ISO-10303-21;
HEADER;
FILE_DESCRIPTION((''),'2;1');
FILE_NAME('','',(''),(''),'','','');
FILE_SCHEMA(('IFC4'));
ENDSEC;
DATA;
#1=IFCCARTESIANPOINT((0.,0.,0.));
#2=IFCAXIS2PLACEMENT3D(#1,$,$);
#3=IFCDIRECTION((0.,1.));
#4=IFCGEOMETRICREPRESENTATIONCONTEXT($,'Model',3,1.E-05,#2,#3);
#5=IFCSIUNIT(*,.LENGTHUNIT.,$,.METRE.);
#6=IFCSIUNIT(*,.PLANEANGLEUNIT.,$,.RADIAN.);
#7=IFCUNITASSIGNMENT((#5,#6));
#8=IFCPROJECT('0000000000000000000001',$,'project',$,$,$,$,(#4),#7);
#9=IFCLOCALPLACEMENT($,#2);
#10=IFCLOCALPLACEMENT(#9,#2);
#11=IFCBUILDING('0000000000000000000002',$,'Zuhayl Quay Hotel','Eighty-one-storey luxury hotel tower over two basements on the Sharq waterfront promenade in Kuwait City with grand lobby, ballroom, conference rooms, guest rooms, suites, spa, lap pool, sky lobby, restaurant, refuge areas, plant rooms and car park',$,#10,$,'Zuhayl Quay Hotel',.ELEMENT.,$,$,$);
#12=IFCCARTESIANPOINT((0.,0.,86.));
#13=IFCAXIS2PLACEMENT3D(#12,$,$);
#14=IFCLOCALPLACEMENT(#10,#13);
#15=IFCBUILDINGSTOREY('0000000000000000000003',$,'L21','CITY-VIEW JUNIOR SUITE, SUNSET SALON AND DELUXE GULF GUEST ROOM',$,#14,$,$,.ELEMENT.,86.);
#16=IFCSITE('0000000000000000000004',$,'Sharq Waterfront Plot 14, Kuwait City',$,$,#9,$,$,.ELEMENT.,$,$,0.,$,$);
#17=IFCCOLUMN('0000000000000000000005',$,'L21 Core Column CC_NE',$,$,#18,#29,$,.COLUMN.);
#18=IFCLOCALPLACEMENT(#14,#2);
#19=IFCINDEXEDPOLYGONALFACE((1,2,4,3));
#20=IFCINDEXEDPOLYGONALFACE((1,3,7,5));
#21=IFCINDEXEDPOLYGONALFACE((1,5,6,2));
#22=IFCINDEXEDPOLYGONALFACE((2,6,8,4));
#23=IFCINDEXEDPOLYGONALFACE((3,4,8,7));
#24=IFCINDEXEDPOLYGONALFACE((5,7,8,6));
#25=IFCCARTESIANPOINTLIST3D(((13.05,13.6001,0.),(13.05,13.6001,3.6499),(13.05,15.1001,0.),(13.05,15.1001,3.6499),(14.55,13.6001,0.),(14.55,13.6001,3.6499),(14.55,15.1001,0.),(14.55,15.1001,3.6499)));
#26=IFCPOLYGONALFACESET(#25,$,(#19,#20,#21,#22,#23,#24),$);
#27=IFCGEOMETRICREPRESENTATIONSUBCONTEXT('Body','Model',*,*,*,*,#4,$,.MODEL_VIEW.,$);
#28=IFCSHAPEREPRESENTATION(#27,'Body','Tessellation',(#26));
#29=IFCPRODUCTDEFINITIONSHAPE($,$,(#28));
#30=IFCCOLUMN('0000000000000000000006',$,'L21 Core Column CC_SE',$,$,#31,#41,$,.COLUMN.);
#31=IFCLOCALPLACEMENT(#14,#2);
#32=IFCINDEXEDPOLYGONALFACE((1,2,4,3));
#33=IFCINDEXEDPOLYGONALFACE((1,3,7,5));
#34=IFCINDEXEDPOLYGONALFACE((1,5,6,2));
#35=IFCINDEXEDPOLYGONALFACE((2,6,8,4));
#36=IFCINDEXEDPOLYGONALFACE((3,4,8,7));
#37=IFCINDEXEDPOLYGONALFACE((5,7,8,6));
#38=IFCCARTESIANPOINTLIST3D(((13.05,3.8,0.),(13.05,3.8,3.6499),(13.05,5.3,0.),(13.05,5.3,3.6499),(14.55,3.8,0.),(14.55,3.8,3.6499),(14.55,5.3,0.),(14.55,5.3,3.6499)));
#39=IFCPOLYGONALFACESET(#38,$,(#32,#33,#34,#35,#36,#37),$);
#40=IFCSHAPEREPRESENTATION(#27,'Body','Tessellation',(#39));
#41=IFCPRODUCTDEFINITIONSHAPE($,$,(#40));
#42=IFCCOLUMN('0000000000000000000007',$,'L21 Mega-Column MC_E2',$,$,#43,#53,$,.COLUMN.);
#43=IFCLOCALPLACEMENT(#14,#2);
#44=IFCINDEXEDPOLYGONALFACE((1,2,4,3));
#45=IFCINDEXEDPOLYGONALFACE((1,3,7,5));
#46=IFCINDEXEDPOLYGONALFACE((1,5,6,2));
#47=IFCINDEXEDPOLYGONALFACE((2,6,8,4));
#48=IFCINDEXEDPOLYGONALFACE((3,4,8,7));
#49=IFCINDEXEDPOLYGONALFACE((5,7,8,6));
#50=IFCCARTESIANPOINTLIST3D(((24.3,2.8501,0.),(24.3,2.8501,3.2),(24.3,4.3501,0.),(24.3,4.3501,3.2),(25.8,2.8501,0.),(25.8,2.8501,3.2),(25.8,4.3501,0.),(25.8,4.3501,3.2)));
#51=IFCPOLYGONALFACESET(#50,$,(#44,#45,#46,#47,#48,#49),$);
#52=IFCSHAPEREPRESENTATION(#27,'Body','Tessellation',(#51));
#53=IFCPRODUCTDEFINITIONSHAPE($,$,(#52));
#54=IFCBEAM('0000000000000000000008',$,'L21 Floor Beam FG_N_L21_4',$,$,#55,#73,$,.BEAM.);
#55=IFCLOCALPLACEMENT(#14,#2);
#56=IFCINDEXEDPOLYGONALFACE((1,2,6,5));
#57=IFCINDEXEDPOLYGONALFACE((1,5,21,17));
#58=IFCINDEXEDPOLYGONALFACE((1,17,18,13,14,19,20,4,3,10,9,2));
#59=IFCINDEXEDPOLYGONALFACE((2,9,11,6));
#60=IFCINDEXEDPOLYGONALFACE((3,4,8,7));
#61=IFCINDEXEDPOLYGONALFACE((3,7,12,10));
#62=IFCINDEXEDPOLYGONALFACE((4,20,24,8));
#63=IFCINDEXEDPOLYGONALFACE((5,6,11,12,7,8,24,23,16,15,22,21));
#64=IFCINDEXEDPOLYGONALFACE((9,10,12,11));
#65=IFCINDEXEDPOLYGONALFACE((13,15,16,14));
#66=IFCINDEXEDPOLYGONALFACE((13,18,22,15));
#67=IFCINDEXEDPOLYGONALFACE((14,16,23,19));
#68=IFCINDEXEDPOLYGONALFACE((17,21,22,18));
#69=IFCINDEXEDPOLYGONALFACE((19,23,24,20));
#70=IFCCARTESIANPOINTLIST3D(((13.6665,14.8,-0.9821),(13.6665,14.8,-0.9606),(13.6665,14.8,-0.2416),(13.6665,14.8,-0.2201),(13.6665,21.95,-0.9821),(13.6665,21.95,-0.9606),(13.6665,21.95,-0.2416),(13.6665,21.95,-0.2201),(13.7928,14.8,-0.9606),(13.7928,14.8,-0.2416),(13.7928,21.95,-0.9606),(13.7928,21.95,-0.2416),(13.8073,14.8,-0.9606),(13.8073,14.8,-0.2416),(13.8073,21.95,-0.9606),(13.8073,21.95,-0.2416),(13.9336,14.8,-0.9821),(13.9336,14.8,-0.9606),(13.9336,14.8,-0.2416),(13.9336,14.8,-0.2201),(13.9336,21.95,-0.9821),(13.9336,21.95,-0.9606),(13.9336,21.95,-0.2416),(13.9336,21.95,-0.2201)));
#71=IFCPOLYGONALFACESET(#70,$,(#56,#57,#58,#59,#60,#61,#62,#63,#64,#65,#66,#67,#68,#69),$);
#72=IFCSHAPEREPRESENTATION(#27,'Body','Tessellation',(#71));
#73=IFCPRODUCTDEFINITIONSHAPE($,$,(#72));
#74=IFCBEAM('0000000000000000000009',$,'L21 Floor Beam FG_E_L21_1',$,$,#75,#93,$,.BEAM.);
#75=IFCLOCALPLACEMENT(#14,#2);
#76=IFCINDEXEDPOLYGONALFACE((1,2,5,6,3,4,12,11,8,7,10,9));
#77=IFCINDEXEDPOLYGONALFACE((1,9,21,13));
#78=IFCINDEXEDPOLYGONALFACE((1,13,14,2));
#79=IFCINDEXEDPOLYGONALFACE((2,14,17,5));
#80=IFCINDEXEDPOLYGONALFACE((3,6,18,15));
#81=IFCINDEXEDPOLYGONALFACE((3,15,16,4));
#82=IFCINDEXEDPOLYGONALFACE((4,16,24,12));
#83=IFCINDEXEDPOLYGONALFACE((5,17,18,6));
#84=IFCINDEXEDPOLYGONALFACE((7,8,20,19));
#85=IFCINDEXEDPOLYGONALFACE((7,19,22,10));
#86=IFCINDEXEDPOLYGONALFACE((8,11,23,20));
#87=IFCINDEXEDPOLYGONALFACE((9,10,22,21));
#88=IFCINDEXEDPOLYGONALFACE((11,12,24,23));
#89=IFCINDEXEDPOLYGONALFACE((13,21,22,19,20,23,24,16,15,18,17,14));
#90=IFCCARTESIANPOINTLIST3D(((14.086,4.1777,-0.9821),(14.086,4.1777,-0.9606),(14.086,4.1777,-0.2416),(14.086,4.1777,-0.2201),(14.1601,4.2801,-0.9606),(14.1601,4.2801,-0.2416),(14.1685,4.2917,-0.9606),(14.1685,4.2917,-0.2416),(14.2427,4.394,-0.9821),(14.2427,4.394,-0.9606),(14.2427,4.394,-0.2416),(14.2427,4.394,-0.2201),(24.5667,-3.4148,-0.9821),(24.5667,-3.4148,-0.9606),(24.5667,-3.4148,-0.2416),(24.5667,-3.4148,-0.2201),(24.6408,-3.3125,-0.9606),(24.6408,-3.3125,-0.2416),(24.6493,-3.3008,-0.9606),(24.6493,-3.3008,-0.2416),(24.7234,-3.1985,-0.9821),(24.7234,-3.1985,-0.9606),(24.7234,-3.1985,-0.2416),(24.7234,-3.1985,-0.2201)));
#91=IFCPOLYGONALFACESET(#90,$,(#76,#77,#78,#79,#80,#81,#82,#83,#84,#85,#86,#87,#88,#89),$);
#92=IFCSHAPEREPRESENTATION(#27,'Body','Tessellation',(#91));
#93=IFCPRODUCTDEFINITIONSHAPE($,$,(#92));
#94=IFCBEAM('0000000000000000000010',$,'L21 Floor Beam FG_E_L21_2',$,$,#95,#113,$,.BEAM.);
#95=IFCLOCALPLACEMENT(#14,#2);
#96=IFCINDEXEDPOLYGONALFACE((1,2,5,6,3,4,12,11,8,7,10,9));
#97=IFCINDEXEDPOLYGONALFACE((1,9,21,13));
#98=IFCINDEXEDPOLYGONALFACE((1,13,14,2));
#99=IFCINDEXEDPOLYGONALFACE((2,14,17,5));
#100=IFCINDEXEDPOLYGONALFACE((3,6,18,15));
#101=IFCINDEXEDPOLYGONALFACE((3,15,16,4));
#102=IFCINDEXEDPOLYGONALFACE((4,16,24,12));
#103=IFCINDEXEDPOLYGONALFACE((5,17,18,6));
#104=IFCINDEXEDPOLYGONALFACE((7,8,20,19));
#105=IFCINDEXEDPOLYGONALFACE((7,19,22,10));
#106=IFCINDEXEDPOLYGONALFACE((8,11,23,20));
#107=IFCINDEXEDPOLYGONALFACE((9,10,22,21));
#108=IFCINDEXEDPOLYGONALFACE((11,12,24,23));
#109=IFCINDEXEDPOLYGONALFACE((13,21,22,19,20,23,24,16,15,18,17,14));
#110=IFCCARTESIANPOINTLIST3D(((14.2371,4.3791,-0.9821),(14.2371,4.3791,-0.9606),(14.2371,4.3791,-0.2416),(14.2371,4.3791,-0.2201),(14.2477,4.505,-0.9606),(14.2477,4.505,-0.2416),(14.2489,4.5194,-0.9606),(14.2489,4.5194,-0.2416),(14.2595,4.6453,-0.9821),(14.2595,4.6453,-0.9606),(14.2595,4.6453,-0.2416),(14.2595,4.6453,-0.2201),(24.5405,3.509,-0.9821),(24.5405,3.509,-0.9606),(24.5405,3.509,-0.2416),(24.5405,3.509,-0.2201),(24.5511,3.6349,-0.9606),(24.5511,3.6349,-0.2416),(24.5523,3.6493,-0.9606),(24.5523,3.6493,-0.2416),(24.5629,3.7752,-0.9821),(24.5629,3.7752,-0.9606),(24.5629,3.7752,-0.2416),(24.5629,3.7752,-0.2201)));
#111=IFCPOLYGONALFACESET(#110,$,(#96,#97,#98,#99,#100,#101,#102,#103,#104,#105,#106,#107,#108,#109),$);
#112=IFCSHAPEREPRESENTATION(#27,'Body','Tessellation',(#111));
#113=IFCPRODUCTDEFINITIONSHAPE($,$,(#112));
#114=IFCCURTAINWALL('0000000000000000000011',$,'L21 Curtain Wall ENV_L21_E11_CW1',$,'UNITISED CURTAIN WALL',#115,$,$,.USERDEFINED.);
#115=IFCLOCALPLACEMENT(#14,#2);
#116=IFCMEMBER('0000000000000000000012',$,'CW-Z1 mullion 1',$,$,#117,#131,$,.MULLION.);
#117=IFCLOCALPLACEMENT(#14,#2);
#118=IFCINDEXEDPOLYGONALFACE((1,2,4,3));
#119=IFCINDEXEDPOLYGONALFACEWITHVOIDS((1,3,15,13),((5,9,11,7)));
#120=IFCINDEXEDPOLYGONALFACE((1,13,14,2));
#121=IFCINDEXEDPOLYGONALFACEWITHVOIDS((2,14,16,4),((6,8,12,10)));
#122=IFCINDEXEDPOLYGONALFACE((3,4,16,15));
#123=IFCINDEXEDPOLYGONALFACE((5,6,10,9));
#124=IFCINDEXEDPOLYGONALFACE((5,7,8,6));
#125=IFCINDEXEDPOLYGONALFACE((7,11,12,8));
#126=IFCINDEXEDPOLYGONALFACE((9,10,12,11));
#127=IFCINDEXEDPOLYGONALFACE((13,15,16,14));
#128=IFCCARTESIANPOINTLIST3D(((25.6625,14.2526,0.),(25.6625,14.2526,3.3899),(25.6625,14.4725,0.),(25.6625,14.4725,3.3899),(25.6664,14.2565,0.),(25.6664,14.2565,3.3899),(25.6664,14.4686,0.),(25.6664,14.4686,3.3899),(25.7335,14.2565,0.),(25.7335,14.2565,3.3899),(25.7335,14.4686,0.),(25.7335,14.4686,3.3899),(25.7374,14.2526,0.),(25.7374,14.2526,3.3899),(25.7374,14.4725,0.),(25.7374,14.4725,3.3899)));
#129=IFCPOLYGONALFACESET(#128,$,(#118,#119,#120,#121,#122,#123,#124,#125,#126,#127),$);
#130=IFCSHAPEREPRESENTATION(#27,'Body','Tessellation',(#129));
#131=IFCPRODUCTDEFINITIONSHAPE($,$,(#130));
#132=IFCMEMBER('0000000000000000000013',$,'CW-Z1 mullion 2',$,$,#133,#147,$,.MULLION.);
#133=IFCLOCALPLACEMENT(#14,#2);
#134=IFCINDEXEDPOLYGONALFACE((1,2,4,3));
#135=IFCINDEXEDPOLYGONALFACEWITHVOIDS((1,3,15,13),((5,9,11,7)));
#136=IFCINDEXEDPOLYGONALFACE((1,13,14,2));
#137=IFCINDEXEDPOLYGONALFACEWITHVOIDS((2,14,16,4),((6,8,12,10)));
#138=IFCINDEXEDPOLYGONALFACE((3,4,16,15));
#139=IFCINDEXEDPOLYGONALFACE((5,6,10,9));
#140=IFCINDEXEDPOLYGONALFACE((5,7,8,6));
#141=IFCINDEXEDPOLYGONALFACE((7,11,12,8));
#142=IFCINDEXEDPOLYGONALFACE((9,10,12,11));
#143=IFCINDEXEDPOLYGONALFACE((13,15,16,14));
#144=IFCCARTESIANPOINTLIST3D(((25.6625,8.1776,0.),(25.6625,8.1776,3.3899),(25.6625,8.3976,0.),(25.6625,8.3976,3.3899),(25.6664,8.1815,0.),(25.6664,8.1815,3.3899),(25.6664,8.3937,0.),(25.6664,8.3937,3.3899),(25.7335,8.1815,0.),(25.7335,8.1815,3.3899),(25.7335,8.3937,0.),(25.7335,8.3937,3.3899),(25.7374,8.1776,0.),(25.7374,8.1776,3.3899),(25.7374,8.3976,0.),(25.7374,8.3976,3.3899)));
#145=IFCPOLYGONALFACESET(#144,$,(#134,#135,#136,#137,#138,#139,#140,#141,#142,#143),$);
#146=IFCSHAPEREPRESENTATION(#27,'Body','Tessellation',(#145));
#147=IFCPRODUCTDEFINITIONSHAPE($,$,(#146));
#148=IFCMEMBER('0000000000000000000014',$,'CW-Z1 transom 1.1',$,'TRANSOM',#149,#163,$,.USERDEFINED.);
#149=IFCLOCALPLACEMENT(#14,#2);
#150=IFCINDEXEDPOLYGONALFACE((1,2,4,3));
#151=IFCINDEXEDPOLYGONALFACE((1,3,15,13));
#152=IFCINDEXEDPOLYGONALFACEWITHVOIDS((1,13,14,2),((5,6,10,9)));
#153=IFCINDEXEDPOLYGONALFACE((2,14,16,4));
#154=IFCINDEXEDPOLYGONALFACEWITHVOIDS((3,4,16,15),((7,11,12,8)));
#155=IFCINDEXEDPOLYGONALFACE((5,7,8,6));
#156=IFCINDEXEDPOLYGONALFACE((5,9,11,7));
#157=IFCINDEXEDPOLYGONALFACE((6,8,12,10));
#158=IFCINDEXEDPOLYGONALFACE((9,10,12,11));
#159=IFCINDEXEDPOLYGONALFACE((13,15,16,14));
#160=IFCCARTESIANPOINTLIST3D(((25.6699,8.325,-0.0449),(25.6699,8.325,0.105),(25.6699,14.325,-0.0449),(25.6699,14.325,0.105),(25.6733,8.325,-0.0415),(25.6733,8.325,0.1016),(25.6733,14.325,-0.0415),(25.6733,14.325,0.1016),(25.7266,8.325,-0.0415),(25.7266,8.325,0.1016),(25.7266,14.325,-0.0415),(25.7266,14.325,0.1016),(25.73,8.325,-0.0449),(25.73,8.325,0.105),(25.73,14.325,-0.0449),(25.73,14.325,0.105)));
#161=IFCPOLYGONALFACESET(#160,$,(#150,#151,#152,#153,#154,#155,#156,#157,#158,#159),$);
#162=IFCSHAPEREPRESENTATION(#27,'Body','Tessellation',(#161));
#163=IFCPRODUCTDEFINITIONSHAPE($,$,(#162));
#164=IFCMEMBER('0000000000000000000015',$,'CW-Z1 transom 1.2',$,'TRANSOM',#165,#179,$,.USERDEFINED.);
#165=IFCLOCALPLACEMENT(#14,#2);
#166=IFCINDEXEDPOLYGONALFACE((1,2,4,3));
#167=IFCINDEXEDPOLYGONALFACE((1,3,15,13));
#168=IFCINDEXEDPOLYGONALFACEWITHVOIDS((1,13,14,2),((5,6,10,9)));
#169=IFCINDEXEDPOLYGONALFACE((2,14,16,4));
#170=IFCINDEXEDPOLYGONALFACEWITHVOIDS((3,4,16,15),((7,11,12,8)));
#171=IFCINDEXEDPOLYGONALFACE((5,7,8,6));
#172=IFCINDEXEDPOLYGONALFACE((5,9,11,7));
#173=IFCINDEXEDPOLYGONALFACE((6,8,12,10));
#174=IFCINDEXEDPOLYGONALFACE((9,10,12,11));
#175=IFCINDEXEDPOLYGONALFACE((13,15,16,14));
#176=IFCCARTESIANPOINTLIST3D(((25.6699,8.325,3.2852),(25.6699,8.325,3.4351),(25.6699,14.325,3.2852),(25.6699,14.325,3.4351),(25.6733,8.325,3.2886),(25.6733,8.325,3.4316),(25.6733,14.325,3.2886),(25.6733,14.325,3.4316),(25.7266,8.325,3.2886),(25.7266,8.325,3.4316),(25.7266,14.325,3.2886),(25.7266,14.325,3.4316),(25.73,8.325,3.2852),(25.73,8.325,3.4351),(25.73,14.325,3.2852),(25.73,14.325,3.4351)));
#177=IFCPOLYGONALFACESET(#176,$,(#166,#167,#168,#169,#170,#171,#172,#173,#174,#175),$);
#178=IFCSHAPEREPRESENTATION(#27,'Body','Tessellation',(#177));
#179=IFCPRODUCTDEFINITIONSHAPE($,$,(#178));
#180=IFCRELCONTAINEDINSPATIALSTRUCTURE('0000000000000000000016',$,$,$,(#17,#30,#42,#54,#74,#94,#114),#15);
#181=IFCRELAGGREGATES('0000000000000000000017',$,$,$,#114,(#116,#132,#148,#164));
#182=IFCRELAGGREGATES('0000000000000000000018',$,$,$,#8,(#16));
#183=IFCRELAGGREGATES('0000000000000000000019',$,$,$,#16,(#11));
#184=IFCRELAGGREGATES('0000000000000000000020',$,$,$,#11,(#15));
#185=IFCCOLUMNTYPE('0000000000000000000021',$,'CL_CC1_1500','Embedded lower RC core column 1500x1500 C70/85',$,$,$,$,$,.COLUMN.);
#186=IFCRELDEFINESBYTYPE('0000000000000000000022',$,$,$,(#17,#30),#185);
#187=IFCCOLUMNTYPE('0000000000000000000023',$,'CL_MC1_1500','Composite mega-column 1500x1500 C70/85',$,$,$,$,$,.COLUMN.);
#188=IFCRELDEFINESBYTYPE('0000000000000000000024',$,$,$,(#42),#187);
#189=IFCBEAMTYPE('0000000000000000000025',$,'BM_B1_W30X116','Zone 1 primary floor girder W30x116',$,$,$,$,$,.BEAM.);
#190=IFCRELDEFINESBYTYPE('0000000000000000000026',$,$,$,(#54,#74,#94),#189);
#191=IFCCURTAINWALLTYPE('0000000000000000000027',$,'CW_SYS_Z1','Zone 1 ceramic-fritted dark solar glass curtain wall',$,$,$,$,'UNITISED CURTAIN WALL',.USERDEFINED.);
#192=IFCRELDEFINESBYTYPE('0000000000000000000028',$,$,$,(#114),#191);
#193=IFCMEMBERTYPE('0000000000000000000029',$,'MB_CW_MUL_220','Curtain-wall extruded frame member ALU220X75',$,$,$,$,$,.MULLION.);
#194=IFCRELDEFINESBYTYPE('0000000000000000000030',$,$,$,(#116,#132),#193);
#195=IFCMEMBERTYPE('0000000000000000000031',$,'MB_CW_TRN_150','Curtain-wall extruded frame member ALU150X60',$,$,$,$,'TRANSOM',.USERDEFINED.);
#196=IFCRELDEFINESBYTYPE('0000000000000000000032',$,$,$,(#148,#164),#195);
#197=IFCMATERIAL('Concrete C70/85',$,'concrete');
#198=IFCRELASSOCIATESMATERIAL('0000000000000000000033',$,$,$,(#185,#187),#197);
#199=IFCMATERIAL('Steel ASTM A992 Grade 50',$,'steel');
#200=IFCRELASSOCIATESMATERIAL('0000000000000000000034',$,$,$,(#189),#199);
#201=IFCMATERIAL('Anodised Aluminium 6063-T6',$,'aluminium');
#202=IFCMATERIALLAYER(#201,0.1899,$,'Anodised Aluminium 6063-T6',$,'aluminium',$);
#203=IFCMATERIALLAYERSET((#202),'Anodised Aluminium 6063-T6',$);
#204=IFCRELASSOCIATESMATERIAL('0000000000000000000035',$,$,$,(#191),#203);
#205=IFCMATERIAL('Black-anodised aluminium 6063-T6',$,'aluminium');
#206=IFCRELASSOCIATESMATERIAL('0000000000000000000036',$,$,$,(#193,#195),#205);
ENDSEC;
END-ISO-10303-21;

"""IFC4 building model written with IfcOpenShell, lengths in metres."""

from ifc_helpers import new_model, si_unit, direction, frame, origin, origin_2d, place, context, subcontext, project, spatial, rectangle, hollow_rectangle, i_section, extrude, material, layer, layer_set, material_profile, profile_set, type_object, element, aggregate, save


model = new_model("IFC4")

# Units and contexts
model_context = context("Model", 3, precision=1e-05, world=origin(), true_north=direction((0.0, 1.0)))
body_context = subcontext(model_context, "Body", "Model", "MODEL_VIEW")
ifc_project = project(units=[si_unit("LENGTHUNIT", "METRE"), si_unit("PLANEANGLEUNIT", "RADIAN")], contexts=[model_context])

# Site, building, storey
site_placement = place(None, origin())
site = spatial("IfcSite", under=ifc_project, at=site_placement, Name="Sharq Waterfront Plot 14, Kuwait City", CompositionType="ELEMENT", RefElevation=0.0)
building_placement = place(site_placement, origin())
building = spatial("IfcBuilding", under=site, at=building_placement, Name="Zuhayl Quay Hotel", Description="Eighty-one-storey luxury hotel tower over two basements on the Sharq waterfront promenade in Kuwait City with grand lobby, ballroom, conference rooms, guest rooms, suites, spa, lap pool, sky lobby, restaurant, refuge areas, plant rooms and car park", LongName="Zuhayl Quay Hotel", CompositionType="ELEMENT")
storey_placement = place(building_placement, frame((0.0, 0.0, 86.0)))
storey = spatial("IfcBuildingStorey", under=building, at=storey_placement, Name="L21", Description="CITY-VIEW JUNIOR SUITE, SUNSET SALON AND DELUXE GULF GUEST ROOM", CompositionType="ELEMENT", Elevation=86.0)

# Columns
ifc_material_1 = material(Name="Concrete C70/85", Category="concrete")
ifc_material_profile_1 = material_profile(ifc_material_1, rectangle(XDim=1.5, YDim=1.5, at=origin_2d()), Name="RC1500X1500")
ifc_profile_set_1 = profile_set([ifc_material_profile_1], Name="Concrete C70/85")
column_type_1 = type_object("IfcColumnType", Name="CL_CC1_1500", Description="Embedded lower RC core column 1500x1500 C70/85", PredefinedType="COLUMN", material=ifc_profile_set_1)
for number, where, z_axis, x_axis, name in (
    (1, (13.8, 14.3501, 0.0), (0.0, 0.0, 1.0), (1.0, 0.0, 0.0), "L21 Core Column CC_NE"),
    (2, (13.8, 4.55, 0.0), (0.0, 0.0, 1.0), (1.0, 0.0, 0.0), "L21 Core Column CC_SE"),
):
    element("IfcColumn", number, at=place(storey_placement, frame(where, z_axis=z_axis, x_axis=x_axis)), inside=storey, type_object=column_type_1, Name=name, PredefinedType="COLUMN", context=body_context, shape_type="SweptSolid", body=[
        extrude(rectangle(XDim=1.5, YDim=1.5, at=origin_2d()), origin(), (0.0, 0.0, 1.0), 3.6499),
    ])
ifc_material_profile_2 = material_profile(ifc_material_1, rectangle(XDim=1.5, YDim=1.5, at=origin_2d()), Name="RC1500X1500")
ifc_profile_set_2 = profile_set([ifc_material_profile_2], Name="Concrete C70/85")
column_type_2 = type_object("IfcColumnType", Name="CL_MC1_1500", Description="Composite mega-column 1500x1500 C70/85", PredefinedType="COLUMN", material=ifc_profile_set_2)
column_placement = place(storey_placement, frame((25.05, 3.6001, 0.0), z_axis=(0.0, 0.0, 1.0), x_axis=(1.0, 0.0, 0.0)))
element("IfcColumn", 3, at=column_placement, inside=storey, type_object=column_type_2, Name="L21 Mega-Column MC_E2", PredefinedType="COLUMN", context=body_context, shape_type="SweptSolid", body=[
    extrude(rectangle(XDim=1.5, YDim=1.5, at=origin_2d()), origin(), (0.0, 0.0, 1.0), 3.2),
])

# Beams
ifc_material_2 = material(Name="Steel ASTM A992 Grade 50", Category="steel")
ifc_material_profile_3 = material_profile(ifc_material_2, i_section(OverallWidth=0.2671, OverallDepth=0.762, WebThickness=0.0144, FlangeThickness=0.0215, at=origin_2d()), Name="W30X116")
ifc_profile_set_3 = profile_set([ifc_material_profile_3], Name="Steel ASTM A992 Grade 50")
beam_type = type_object("IfcBeamType", Name="BM_B1_W30X116", Description="Zone 1 primary floor girder W30x116", PredefinedType="BEAM", material=ifc_profile_set_3)
beam_1_placement = place(storey_placement, frame((13.8, 14.8, -0.6011), z_axis=(0.0, 1.0, 0.0), x_axis=(-1.0, 0.0, 0.0)))
element("IfcBeam", 4, at=beam_1_placement, inside=storey, type_object=beam_type, Name="L21 Floor Beam FG_N_L21_4", PredefinedType="BEAM", context=body_context, shape_type="SweptSolid", body=[
    extrude(i_section(OverallWidth=0.2671, OverallDepth=0.762, WebThickness=0.0144, FlangeThickness=0.0215, at=origin_2d()), origin(), (0.0, 0.0, 1.0), 7.1499),
])
beam_2_placement = place(storey_placement, frame((14.1643, 4.2859, -0.6011), z_axis=(0.80983, -0.586664, 0.0), x_axis=(0.586664, 0.80983, 0.0)))
element("IfcBeam", 5, at=beam_2_placement, inside=storey, type_object=beam_type, Name="L21 Floor Beam FG_E_L21_1", PredefinedType="BEAM", context=body_context, shape_type="SweptSolid", body=[
    extrude(i_section(OverallWidth=0.2671, OverallDepth=0.762, WebThickness=0.0144, FlangeThickness=0.0215, at=origin_2d()), origin(), (0.0, 0.0, 1.0), 12.9419),
])
beam_3_placement = place(storey_placement, frame((14.2483, 4.5122, -0.6011), z_axis=(0.996453, -0.084149, 0.0), x_axis=(0.084149, 0.996453, 0.0)))
element("IfcBeam", 6, at=beam_3_placement, inside=storey, type_object=beam_type, Name="L21 Floor Beam FG_E_L21_2", PredefinedType="BEAM", context=body_context, shape_type="SweptSolid", body=[
    extrude(i_section(OverallWidth=0.2671, OverallDepth=0.762, WebThickness=0.0144, FlangeThickness=0.0215, at=origin_2d()), origin(), (0.0, 0.0, 1.0), 10.3401),
])

# Curtain wall, members
ifc_material_3 = material(Name="Anodised Aluminium 6063-T6", Category="aluminium")
ifc_layer_1 = layer(ifc_material_3, 0.1899, Name="Anodised Aluminium 6063-T6", Category="aluminium")
ifc_layer_set_1 = layer_set([ifc_layer_1], Name="Anodised Aluminium 6063-T6")
curtain_wall_type = type_object("IfcCurtainWallType", Name="CW_SYS_Z1", Description="Zone 1 ceramic-fritted dark solar glass curtain wall", ElementType="UNITISED CURTAIN WALL", PredefinedType="USERDEFINED", material=ifc_layer_set_1)
curtain_wall_placement = place(storey_placement, origin())
curtain_wall = element("IfcCurtainWall", 7, at=curtain_wall_placement, inside=storey, type_object=curtain_wall_type, Name="L21 Curtain Wall ENV_L21_E11_CW1", ObjectType="UNITISED CURTAIN WALL", PredefinedType="USERDEFINED")
ifc_material_4 = material(Name="Black-anodised aluminium 6063-T6", Category="aluminium")
ifc_material_profile_4 = material_profile(ifc_material_4, hollow_rectangle(XDim=0.075, YDim=0.22, WallThickness=0.0039, at=origin_2d()), Name="ALU220X75")
ifc_profile_set_4 = profile_set([ifc_material_profile_4], Name="Black-anodised aluminium 6063-T6")
member_type_1 = type_object("IfcMemberType", Name="MB_CW_MUL_220", Description="Curtain-wall extruded frame member ALU220X75", PredefinedType="MULLION", material=ifc_profile_set_4)
member_1_placement = place(storey_placement, frame((25.7, 14.3625, 0.0), z_axis=(0.0, 0.0, 1.0), x_axis=(1.0, 0.0, 0.0)))
member_1 = element("IfcMember", 8, at=member_1_placement, type_object=member_type_1, Name="CW-Z1 mullion 1", PredefinedType="MULLION", context=body_context, shape_type="SweptSolid", body=[
    extrude(hollow_rectangle(XDim=0.075, YDim=0.22, WallThickness=0.0039, at=origin_2d()), origin(), (0.0, 0.0, 1.0), 3.3899),
])
member_2_placement = place(storey_placement, frame((25.7, 8.2876, 0.0), z_axis=(0.0, 0.0, 1.0), x_axis=(1.0, 0.0, 0.0)))
member_2 = element("IfcMember", 9, at=member_2_placement, type_object=member_type_1, Name="CW-Z1 mullion 2", PredefinedType="MULLION", context=body_context, shape_type="SweptSolid", body=[
    extrude(hollow_rectangle(XDim=0.075, YDim=0.22, WallThickness=0.0039, at=origin_2d()), origin(), (0.0, 0.0, 1.0), 3.3899),
])
ifc_material_profile_5 = material_profile(ifc_material_4, hollow_rectangle(XDim=0.0601, YDim=0.1499, WallThickness=0.0034, at=origin_2d()), Name="ALU150X60")
ifc_profile_set_5 = profile_set([ifc_material_profile_5], Name="Black-anodised aluminium 6063-T6")
member_type_2 = type_object("IfcMemberType", Name="MB_CW_TRN_150", Description="Curtain-wall extruded frame member ALU150X60", ElementType="TRANSOM", PredefinedType="USERDEFINED", material=ifc_profile_set_5)
member_3_placement = place(storey_placement, frame((25.7, 14.325, 0.03), z_axis=(0.0, -1.0, 0.0), x_axis=(1.0, 0.0, 0.0)))
member_3 = element("IfcMember", 10, at=member_3_placement, type_object=member_type_2, Name="CW-Z1 transom 1.1", ObjectType="TRANSOM", PredefinedType="USERDEFINED", context=body_context, shape_type="SweptSolid", body=[
    extrude(hollow_rectangle(XDim=0.0601, YDim=0.1499, WallThickness=0.0034, at=origin_2d()), origin(), (0.0, 0.0, 1.0), 6.0),
])
member_4_placement = place(storey_placement, frame((25.7, 14.325, 3.3601), z_axis=(0.0, -1.0, 0.0), x_axis=(1.0, 0.0, 0.0)))
member_4 = element("IfcMember", 11, at=member_4_placement, type_object=member_type_2, Name="CW-Z1 transom 1.2", ObjectType="TRANSOM", PredefinedType="USERDEFINED", context=body_context, shape_type="SweptSolid", body=[
    extrude(hollow_rectangle(XDim=0.0601, YDim=0.1499, WallThickness=0.0034, at=origin_2d()), origin(), (0.0, 0.0, 1.0), 6.0),
])
aggregate(curtain_wall, [member_1, member_2, member_3, member_4])

save(model, "model.ifc")
